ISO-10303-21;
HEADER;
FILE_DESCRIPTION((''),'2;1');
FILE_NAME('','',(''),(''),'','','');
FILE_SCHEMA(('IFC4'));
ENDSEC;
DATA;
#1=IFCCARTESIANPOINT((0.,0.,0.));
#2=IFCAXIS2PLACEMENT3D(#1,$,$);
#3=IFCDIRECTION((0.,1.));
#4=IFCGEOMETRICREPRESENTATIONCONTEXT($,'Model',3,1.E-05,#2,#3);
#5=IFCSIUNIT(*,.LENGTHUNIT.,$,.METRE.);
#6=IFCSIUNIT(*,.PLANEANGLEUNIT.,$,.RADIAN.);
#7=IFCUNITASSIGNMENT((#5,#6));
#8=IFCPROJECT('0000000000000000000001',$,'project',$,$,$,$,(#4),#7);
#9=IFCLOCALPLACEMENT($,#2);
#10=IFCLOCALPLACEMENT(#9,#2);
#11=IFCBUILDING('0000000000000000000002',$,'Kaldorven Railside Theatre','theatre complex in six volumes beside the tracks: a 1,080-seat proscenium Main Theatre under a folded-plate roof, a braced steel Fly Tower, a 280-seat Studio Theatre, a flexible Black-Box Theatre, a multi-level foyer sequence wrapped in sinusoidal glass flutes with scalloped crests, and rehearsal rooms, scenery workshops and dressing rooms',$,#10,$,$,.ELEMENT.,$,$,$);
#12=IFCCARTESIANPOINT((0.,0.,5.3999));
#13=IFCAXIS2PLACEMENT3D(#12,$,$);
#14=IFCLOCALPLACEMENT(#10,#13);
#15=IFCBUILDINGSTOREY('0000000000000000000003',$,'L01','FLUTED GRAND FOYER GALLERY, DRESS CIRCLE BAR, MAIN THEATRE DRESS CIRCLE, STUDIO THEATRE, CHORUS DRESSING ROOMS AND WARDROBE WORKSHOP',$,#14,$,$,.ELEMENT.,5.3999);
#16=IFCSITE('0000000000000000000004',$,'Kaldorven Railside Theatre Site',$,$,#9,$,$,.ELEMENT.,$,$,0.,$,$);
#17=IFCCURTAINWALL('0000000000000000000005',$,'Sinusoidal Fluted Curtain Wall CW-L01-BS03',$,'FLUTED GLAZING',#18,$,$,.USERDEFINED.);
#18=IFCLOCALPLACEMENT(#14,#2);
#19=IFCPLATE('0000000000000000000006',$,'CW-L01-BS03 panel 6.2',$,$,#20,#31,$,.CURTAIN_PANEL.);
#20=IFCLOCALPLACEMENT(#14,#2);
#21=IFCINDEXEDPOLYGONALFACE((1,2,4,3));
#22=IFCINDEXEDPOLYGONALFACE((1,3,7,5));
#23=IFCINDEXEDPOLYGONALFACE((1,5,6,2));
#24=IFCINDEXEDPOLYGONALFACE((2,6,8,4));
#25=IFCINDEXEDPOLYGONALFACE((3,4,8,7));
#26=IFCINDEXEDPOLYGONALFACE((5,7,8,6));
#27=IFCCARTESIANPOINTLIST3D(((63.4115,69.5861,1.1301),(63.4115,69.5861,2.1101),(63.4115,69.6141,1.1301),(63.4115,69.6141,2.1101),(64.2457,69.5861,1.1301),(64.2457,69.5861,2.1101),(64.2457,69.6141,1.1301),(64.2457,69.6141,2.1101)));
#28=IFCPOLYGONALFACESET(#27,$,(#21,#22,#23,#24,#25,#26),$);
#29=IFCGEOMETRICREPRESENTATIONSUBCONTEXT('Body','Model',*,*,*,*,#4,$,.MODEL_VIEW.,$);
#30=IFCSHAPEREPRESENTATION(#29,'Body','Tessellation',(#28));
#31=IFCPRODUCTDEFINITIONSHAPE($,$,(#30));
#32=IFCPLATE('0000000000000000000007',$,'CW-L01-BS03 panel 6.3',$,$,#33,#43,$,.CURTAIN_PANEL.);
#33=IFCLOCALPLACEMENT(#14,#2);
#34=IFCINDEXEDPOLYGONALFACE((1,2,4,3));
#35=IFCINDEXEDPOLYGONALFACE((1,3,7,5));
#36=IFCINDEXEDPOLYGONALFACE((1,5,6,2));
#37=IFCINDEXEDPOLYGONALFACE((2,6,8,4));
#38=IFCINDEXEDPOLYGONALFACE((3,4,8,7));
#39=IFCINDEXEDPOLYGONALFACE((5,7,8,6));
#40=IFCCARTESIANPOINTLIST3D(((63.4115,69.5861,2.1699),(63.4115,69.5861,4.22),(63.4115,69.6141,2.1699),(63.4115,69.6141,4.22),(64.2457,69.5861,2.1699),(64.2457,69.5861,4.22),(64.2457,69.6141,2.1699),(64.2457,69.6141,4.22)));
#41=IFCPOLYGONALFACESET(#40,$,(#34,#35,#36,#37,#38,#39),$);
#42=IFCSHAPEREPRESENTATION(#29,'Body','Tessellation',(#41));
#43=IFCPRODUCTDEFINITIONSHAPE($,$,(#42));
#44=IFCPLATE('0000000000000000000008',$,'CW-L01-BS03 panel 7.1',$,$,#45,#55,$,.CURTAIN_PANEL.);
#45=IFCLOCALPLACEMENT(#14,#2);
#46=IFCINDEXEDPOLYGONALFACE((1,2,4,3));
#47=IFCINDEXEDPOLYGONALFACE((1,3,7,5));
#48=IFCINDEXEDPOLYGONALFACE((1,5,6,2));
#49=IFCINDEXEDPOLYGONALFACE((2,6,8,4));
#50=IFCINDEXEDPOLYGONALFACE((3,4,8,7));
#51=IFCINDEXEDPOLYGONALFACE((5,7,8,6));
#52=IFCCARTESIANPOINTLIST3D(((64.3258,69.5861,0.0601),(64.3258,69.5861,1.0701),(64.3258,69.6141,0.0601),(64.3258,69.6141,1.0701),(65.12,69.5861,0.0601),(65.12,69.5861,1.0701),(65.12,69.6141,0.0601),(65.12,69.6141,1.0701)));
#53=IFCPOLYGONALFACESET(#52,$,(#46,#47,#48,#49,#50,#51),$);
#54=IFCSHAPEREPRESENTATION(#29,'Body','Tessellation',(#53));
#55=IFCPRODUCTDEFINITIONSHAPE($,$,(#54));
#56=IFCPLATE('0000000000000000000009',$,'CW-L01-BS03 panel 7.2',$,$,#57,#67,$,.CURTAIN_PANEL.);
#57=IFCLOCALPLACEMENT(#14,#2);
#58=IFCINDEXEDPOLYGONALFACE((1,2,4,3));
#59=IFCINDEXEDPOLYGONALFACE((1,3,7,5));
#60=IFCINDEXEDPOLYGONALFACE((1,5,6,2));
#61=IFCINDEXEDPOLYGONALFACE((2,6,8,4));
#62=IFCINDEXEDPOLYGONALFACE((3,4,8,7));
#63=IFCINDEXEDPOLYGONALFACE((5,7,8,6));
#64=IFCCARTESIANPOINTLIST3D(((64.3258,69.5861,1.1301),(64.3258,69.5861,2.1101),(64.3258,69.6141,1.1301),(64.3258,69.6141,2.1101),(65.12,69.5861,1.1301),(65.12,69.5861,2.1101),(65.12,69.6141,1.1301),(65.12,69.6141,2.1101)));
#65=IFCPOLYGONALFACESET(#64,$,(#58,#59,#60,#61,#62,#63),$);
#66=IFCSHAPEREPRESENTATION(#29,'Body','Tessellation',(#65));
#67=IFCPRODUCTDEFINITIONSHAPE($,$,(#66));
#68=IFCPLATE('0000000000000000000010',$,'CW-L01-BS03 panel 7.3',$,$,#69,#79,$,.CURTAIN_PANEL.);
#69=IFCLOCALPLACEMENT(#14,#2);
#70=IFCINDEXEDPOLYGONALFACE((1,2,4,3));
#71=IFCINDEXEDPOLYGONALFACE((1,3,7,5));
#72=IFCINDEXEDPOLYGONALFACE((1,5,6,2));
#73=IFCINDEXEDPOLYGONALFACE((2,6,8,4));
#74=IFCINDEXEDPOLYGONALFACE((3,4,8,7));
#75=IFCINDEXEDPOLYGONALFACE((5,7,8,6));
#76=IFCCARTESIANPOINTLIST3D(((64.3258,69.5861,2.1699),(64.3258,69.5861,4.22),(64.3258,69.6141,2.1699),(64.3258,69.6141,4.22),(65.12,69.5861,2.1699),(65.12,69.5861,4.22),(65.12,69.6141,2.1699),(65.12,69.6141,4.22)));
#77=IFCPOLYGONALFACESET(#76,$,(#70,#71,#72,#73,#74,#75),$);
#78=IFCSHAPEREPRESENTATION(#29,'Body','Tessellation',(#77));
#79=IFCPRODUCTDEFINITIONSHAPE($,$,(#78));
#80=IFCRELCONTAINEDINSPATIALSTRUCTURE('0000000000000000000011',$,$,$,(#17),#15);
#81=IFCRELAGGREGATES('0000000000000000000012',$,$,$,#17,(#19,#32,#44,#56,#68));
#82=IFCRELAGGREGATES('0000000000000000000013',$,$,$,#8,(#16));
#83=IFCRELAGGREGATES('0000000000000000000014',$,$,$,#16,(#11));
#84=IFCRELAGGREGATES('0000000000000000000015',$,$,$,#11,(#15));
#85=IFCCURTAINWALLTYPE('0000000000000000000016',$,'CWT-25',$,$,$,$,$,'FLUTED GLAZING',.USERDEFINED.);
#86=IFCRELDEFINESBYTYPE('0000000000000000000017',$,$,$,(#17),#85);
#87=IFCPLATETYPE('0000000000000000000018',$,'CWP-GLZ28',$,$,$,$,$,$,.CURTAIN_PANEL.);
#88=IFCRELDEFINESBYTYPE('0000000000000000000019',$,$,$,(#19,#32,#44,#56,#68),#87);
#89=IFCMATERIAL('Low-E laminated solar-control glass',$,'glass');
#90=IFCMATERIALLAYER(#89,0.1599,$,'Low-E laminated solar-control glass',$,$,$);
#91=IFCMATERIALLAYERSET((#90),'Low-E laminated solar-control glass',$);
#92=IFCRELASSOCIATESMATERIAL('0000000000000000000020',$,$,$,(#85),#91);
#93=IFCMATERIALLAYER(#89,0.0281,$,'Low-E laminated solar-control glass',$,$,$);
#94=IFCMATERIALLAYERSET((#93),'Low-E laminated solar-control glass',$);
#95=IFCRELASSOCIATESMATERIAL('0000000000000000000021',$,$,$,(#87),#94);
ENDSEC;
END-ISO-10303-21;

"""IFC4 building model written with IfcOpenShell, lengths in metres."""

from ifc_helpers import new_model, si_unit, direction, frame, origin, origin_2d, place, context, subcontext, project, spatial, rectangle, extrude, material, layer, layer_set, type_object, element, aggregate, save


model = new_model("IFC4")

# Units and contexts
model_context = context("Model", 3, precision=1e-05, world=origin(), true_north=direction((0.0, 1.0)))
body_context = subcontext(model_context, "Body", "Model", "MODEL_VIEW")
ifc_project = project(units=[si_unit("LENGTHUNIT", "METRE"), si_unit("PLANEANGLEUNIT", "RADIAN")], contexts=[model_context])

# Site, building, storey
site_placement = place(None, origin())
site = spatial("IfcSite", under=ifc_project, at=site_placement, Name="Kaldorven Railside Theatre Site", CompositionType="ELEMENT", RefElevation=0.0)
building_placement = place(site_placement, origin())
building = spatial("IfcBuilding", under=site, at=building_placement, Name="Kaldorven Railside Theatre", Description="theatre complex in six volumes beside the tracks: a 1,080-seat proscenium Main Theatre under a folded-plate roof, a braced steel Fly Tower, a 280-seat Studio Theatre, a flexible Black-Box Theatre, a multi-level foyer sequence wrapped in sinusoidal glass flutes with scalloped crests, and rehearsal rooms, scenery workshops and dressing rooms", CompositionType="ELEMENT")
storey_placement = place(building_placement, frame((0.0, 0.0, 5.3999)))
storey = spatial("IfcBuildingStorey", under=building, at=storey_placement, Name="L01", Description="FLUTED GRAND FOYER GALLERY, DRESS CIRCLE BAR, MAIN THEATRE DRESS CIRCLE, STUDIO THEATRE, CHORUS DRESSING ROOMS AND WARDROBE WORKSHOP", CompositionType="ELEMENT", Elevation=5.3999)

# Curtain wall, plates
ifc_material_1 = material(Name="Low-E laminated solar-control glass", Category="glass")
ifc_layer_1 = layer(ifc_material_1, 0.1599, Name="Low-E laminated solar-control glass")
ifc_layer_set_1 = layer_set([ifc_layer_1], Name="Low-E laminated solar-control glass")
curtain_wall_type = type_object("IfcCurtainWallType", Name="CWT-25", ElementType="FLUTED GLAZING", PredefinedType="USERDEFINED", material=ifc_layer_set_1)
curtain_wall_placement = place(storey_placement, origin())
curtain_wall = element("IfcCurtainWall", 1, at=curtain_wall_placement, inside=storey, type_object=curtain_wall_type, Name="Sinusoidal Fluted Curtain Wall CW-L01-BS03", ObjectType="FLUTED GLAZING", PredefinedType="USERDEFINED")
ifc_layer_2 = layer(ifc_material_1, 0.0281, Name="Low-E laminated solar-control glass")
ifc_layer_set_2 = layer_set([ifc_layer_2], Name="Low-E laminated solar-control glass")
plate_type = type_object("IfcPlateType", Name="CWP-GLZ28", PredefinedType="CURTAIN_PANEL", material=ifc_layer_set_2)
plate_1_placement = place(storey_placement, frame((63.8286, 69.6001, 1.1301), z_axis=(0.0, 0.0, 1.0), x_axis=(1.0, 0.0, 0.0)))
plate_1 = element("IfcPlate", 2, at=plate_1_placement, type_object=plate_type, Name="CW-L01-BS03 panel 6.2", PredefinedType="CURTAIN_PANEL", context=body_context, shape_type="SweptSolid", body=[
    extrude(rectangle(XDim=0.8342, YDim=0.0281, at=origin_2d()), origin(), (0.0, 0.0, 1.0), 0.98),
])
plate_2_placement = place(storey_placement, frame((63.8286, 69.6001, 2.1699), z_axis=(0.0, 0.0, 1.0), x_axis=(1.0, 0.0, 0.0)))
plate_2 = element("IfcPlate", 3, at=plate_2_placement, type_object=plate_type, Name="CW-L01-BS03 panel 6.3", PredefinedType="CURTAIN_PANEL", context=body_context, shape_type="SweptSolid", body=[
    extrude(rectangle(XDim=0.8342, YDim=0.0281, at=origin_2d()), origin(), (0.0, 0.0, 1.0), 2.05),
])
plate_3_placement = place(storey_placement, frame((64.7229, 69.6001, 0.0601), z_axis=(0.0, 0.0, 1.0), x_axis=(1.0, 0.0, 0.0)))
plate_3 = element("IfcPlate", 4, at=plate_3_placement, type_object=plate_type, Name="CW-L01-BS03 panel 7.1", PredefinedType="CURTAIN_PANEL", context=body_context, shape_type="SweptSolid", body=[
    extrude(rectangle(XDim=0.7942, YDim=0.0281, at=origin_2d()), origin(), (0.0, 0.0, 1.0), 1.01),
])
plate_4_placement = place(storey_placement, frame((64.7229, 69.6001, 1.1301), z_axis=(0.0, 0.0, 1.0), x_axis=(1.0, 0.0, 0.0)))
plate_4 = element("IfcPlate", 5, at=plate_4_placement, type_object=plate_type, Name="CW-L01-BS03 panel 7.2", PredefinedType="CURTAIN_PANEL", context=body_context, shape_type="SweptSolid", body=[
    extrude(rectangle(XDim=0.7942, YDim=0.0281, at=origin_2d()), origin(), (0.0, 0.0, 1.0), 0.98),
])
plate_5_placement = place(storey_placement, frame((64.7229, 69.6001, 2.1699), z_axis=(0.0, 0.0, 1.0), x_axis=(1.0, 0.0, 0.0)))
plate_5 = element("IfcPlate", 6, at=plate_5_placement, type_object=plate_type, Name="CW-L01-BS03 panel 7.3", PredefinedType="CURTAIN_PANEL", context=body_context, shape_type="SweptSolid", body=[
    extrude(rectangle(XDim=0.7942, YDim=0.0281, at=origin_2d()), origin(), (0.0, 0.0, 1.0), 2.05),
])
aggregate(curtain_wall, [plate_1, plate_2, plate_3, plate_4, plate_5])

save(model, "model.ifc")
